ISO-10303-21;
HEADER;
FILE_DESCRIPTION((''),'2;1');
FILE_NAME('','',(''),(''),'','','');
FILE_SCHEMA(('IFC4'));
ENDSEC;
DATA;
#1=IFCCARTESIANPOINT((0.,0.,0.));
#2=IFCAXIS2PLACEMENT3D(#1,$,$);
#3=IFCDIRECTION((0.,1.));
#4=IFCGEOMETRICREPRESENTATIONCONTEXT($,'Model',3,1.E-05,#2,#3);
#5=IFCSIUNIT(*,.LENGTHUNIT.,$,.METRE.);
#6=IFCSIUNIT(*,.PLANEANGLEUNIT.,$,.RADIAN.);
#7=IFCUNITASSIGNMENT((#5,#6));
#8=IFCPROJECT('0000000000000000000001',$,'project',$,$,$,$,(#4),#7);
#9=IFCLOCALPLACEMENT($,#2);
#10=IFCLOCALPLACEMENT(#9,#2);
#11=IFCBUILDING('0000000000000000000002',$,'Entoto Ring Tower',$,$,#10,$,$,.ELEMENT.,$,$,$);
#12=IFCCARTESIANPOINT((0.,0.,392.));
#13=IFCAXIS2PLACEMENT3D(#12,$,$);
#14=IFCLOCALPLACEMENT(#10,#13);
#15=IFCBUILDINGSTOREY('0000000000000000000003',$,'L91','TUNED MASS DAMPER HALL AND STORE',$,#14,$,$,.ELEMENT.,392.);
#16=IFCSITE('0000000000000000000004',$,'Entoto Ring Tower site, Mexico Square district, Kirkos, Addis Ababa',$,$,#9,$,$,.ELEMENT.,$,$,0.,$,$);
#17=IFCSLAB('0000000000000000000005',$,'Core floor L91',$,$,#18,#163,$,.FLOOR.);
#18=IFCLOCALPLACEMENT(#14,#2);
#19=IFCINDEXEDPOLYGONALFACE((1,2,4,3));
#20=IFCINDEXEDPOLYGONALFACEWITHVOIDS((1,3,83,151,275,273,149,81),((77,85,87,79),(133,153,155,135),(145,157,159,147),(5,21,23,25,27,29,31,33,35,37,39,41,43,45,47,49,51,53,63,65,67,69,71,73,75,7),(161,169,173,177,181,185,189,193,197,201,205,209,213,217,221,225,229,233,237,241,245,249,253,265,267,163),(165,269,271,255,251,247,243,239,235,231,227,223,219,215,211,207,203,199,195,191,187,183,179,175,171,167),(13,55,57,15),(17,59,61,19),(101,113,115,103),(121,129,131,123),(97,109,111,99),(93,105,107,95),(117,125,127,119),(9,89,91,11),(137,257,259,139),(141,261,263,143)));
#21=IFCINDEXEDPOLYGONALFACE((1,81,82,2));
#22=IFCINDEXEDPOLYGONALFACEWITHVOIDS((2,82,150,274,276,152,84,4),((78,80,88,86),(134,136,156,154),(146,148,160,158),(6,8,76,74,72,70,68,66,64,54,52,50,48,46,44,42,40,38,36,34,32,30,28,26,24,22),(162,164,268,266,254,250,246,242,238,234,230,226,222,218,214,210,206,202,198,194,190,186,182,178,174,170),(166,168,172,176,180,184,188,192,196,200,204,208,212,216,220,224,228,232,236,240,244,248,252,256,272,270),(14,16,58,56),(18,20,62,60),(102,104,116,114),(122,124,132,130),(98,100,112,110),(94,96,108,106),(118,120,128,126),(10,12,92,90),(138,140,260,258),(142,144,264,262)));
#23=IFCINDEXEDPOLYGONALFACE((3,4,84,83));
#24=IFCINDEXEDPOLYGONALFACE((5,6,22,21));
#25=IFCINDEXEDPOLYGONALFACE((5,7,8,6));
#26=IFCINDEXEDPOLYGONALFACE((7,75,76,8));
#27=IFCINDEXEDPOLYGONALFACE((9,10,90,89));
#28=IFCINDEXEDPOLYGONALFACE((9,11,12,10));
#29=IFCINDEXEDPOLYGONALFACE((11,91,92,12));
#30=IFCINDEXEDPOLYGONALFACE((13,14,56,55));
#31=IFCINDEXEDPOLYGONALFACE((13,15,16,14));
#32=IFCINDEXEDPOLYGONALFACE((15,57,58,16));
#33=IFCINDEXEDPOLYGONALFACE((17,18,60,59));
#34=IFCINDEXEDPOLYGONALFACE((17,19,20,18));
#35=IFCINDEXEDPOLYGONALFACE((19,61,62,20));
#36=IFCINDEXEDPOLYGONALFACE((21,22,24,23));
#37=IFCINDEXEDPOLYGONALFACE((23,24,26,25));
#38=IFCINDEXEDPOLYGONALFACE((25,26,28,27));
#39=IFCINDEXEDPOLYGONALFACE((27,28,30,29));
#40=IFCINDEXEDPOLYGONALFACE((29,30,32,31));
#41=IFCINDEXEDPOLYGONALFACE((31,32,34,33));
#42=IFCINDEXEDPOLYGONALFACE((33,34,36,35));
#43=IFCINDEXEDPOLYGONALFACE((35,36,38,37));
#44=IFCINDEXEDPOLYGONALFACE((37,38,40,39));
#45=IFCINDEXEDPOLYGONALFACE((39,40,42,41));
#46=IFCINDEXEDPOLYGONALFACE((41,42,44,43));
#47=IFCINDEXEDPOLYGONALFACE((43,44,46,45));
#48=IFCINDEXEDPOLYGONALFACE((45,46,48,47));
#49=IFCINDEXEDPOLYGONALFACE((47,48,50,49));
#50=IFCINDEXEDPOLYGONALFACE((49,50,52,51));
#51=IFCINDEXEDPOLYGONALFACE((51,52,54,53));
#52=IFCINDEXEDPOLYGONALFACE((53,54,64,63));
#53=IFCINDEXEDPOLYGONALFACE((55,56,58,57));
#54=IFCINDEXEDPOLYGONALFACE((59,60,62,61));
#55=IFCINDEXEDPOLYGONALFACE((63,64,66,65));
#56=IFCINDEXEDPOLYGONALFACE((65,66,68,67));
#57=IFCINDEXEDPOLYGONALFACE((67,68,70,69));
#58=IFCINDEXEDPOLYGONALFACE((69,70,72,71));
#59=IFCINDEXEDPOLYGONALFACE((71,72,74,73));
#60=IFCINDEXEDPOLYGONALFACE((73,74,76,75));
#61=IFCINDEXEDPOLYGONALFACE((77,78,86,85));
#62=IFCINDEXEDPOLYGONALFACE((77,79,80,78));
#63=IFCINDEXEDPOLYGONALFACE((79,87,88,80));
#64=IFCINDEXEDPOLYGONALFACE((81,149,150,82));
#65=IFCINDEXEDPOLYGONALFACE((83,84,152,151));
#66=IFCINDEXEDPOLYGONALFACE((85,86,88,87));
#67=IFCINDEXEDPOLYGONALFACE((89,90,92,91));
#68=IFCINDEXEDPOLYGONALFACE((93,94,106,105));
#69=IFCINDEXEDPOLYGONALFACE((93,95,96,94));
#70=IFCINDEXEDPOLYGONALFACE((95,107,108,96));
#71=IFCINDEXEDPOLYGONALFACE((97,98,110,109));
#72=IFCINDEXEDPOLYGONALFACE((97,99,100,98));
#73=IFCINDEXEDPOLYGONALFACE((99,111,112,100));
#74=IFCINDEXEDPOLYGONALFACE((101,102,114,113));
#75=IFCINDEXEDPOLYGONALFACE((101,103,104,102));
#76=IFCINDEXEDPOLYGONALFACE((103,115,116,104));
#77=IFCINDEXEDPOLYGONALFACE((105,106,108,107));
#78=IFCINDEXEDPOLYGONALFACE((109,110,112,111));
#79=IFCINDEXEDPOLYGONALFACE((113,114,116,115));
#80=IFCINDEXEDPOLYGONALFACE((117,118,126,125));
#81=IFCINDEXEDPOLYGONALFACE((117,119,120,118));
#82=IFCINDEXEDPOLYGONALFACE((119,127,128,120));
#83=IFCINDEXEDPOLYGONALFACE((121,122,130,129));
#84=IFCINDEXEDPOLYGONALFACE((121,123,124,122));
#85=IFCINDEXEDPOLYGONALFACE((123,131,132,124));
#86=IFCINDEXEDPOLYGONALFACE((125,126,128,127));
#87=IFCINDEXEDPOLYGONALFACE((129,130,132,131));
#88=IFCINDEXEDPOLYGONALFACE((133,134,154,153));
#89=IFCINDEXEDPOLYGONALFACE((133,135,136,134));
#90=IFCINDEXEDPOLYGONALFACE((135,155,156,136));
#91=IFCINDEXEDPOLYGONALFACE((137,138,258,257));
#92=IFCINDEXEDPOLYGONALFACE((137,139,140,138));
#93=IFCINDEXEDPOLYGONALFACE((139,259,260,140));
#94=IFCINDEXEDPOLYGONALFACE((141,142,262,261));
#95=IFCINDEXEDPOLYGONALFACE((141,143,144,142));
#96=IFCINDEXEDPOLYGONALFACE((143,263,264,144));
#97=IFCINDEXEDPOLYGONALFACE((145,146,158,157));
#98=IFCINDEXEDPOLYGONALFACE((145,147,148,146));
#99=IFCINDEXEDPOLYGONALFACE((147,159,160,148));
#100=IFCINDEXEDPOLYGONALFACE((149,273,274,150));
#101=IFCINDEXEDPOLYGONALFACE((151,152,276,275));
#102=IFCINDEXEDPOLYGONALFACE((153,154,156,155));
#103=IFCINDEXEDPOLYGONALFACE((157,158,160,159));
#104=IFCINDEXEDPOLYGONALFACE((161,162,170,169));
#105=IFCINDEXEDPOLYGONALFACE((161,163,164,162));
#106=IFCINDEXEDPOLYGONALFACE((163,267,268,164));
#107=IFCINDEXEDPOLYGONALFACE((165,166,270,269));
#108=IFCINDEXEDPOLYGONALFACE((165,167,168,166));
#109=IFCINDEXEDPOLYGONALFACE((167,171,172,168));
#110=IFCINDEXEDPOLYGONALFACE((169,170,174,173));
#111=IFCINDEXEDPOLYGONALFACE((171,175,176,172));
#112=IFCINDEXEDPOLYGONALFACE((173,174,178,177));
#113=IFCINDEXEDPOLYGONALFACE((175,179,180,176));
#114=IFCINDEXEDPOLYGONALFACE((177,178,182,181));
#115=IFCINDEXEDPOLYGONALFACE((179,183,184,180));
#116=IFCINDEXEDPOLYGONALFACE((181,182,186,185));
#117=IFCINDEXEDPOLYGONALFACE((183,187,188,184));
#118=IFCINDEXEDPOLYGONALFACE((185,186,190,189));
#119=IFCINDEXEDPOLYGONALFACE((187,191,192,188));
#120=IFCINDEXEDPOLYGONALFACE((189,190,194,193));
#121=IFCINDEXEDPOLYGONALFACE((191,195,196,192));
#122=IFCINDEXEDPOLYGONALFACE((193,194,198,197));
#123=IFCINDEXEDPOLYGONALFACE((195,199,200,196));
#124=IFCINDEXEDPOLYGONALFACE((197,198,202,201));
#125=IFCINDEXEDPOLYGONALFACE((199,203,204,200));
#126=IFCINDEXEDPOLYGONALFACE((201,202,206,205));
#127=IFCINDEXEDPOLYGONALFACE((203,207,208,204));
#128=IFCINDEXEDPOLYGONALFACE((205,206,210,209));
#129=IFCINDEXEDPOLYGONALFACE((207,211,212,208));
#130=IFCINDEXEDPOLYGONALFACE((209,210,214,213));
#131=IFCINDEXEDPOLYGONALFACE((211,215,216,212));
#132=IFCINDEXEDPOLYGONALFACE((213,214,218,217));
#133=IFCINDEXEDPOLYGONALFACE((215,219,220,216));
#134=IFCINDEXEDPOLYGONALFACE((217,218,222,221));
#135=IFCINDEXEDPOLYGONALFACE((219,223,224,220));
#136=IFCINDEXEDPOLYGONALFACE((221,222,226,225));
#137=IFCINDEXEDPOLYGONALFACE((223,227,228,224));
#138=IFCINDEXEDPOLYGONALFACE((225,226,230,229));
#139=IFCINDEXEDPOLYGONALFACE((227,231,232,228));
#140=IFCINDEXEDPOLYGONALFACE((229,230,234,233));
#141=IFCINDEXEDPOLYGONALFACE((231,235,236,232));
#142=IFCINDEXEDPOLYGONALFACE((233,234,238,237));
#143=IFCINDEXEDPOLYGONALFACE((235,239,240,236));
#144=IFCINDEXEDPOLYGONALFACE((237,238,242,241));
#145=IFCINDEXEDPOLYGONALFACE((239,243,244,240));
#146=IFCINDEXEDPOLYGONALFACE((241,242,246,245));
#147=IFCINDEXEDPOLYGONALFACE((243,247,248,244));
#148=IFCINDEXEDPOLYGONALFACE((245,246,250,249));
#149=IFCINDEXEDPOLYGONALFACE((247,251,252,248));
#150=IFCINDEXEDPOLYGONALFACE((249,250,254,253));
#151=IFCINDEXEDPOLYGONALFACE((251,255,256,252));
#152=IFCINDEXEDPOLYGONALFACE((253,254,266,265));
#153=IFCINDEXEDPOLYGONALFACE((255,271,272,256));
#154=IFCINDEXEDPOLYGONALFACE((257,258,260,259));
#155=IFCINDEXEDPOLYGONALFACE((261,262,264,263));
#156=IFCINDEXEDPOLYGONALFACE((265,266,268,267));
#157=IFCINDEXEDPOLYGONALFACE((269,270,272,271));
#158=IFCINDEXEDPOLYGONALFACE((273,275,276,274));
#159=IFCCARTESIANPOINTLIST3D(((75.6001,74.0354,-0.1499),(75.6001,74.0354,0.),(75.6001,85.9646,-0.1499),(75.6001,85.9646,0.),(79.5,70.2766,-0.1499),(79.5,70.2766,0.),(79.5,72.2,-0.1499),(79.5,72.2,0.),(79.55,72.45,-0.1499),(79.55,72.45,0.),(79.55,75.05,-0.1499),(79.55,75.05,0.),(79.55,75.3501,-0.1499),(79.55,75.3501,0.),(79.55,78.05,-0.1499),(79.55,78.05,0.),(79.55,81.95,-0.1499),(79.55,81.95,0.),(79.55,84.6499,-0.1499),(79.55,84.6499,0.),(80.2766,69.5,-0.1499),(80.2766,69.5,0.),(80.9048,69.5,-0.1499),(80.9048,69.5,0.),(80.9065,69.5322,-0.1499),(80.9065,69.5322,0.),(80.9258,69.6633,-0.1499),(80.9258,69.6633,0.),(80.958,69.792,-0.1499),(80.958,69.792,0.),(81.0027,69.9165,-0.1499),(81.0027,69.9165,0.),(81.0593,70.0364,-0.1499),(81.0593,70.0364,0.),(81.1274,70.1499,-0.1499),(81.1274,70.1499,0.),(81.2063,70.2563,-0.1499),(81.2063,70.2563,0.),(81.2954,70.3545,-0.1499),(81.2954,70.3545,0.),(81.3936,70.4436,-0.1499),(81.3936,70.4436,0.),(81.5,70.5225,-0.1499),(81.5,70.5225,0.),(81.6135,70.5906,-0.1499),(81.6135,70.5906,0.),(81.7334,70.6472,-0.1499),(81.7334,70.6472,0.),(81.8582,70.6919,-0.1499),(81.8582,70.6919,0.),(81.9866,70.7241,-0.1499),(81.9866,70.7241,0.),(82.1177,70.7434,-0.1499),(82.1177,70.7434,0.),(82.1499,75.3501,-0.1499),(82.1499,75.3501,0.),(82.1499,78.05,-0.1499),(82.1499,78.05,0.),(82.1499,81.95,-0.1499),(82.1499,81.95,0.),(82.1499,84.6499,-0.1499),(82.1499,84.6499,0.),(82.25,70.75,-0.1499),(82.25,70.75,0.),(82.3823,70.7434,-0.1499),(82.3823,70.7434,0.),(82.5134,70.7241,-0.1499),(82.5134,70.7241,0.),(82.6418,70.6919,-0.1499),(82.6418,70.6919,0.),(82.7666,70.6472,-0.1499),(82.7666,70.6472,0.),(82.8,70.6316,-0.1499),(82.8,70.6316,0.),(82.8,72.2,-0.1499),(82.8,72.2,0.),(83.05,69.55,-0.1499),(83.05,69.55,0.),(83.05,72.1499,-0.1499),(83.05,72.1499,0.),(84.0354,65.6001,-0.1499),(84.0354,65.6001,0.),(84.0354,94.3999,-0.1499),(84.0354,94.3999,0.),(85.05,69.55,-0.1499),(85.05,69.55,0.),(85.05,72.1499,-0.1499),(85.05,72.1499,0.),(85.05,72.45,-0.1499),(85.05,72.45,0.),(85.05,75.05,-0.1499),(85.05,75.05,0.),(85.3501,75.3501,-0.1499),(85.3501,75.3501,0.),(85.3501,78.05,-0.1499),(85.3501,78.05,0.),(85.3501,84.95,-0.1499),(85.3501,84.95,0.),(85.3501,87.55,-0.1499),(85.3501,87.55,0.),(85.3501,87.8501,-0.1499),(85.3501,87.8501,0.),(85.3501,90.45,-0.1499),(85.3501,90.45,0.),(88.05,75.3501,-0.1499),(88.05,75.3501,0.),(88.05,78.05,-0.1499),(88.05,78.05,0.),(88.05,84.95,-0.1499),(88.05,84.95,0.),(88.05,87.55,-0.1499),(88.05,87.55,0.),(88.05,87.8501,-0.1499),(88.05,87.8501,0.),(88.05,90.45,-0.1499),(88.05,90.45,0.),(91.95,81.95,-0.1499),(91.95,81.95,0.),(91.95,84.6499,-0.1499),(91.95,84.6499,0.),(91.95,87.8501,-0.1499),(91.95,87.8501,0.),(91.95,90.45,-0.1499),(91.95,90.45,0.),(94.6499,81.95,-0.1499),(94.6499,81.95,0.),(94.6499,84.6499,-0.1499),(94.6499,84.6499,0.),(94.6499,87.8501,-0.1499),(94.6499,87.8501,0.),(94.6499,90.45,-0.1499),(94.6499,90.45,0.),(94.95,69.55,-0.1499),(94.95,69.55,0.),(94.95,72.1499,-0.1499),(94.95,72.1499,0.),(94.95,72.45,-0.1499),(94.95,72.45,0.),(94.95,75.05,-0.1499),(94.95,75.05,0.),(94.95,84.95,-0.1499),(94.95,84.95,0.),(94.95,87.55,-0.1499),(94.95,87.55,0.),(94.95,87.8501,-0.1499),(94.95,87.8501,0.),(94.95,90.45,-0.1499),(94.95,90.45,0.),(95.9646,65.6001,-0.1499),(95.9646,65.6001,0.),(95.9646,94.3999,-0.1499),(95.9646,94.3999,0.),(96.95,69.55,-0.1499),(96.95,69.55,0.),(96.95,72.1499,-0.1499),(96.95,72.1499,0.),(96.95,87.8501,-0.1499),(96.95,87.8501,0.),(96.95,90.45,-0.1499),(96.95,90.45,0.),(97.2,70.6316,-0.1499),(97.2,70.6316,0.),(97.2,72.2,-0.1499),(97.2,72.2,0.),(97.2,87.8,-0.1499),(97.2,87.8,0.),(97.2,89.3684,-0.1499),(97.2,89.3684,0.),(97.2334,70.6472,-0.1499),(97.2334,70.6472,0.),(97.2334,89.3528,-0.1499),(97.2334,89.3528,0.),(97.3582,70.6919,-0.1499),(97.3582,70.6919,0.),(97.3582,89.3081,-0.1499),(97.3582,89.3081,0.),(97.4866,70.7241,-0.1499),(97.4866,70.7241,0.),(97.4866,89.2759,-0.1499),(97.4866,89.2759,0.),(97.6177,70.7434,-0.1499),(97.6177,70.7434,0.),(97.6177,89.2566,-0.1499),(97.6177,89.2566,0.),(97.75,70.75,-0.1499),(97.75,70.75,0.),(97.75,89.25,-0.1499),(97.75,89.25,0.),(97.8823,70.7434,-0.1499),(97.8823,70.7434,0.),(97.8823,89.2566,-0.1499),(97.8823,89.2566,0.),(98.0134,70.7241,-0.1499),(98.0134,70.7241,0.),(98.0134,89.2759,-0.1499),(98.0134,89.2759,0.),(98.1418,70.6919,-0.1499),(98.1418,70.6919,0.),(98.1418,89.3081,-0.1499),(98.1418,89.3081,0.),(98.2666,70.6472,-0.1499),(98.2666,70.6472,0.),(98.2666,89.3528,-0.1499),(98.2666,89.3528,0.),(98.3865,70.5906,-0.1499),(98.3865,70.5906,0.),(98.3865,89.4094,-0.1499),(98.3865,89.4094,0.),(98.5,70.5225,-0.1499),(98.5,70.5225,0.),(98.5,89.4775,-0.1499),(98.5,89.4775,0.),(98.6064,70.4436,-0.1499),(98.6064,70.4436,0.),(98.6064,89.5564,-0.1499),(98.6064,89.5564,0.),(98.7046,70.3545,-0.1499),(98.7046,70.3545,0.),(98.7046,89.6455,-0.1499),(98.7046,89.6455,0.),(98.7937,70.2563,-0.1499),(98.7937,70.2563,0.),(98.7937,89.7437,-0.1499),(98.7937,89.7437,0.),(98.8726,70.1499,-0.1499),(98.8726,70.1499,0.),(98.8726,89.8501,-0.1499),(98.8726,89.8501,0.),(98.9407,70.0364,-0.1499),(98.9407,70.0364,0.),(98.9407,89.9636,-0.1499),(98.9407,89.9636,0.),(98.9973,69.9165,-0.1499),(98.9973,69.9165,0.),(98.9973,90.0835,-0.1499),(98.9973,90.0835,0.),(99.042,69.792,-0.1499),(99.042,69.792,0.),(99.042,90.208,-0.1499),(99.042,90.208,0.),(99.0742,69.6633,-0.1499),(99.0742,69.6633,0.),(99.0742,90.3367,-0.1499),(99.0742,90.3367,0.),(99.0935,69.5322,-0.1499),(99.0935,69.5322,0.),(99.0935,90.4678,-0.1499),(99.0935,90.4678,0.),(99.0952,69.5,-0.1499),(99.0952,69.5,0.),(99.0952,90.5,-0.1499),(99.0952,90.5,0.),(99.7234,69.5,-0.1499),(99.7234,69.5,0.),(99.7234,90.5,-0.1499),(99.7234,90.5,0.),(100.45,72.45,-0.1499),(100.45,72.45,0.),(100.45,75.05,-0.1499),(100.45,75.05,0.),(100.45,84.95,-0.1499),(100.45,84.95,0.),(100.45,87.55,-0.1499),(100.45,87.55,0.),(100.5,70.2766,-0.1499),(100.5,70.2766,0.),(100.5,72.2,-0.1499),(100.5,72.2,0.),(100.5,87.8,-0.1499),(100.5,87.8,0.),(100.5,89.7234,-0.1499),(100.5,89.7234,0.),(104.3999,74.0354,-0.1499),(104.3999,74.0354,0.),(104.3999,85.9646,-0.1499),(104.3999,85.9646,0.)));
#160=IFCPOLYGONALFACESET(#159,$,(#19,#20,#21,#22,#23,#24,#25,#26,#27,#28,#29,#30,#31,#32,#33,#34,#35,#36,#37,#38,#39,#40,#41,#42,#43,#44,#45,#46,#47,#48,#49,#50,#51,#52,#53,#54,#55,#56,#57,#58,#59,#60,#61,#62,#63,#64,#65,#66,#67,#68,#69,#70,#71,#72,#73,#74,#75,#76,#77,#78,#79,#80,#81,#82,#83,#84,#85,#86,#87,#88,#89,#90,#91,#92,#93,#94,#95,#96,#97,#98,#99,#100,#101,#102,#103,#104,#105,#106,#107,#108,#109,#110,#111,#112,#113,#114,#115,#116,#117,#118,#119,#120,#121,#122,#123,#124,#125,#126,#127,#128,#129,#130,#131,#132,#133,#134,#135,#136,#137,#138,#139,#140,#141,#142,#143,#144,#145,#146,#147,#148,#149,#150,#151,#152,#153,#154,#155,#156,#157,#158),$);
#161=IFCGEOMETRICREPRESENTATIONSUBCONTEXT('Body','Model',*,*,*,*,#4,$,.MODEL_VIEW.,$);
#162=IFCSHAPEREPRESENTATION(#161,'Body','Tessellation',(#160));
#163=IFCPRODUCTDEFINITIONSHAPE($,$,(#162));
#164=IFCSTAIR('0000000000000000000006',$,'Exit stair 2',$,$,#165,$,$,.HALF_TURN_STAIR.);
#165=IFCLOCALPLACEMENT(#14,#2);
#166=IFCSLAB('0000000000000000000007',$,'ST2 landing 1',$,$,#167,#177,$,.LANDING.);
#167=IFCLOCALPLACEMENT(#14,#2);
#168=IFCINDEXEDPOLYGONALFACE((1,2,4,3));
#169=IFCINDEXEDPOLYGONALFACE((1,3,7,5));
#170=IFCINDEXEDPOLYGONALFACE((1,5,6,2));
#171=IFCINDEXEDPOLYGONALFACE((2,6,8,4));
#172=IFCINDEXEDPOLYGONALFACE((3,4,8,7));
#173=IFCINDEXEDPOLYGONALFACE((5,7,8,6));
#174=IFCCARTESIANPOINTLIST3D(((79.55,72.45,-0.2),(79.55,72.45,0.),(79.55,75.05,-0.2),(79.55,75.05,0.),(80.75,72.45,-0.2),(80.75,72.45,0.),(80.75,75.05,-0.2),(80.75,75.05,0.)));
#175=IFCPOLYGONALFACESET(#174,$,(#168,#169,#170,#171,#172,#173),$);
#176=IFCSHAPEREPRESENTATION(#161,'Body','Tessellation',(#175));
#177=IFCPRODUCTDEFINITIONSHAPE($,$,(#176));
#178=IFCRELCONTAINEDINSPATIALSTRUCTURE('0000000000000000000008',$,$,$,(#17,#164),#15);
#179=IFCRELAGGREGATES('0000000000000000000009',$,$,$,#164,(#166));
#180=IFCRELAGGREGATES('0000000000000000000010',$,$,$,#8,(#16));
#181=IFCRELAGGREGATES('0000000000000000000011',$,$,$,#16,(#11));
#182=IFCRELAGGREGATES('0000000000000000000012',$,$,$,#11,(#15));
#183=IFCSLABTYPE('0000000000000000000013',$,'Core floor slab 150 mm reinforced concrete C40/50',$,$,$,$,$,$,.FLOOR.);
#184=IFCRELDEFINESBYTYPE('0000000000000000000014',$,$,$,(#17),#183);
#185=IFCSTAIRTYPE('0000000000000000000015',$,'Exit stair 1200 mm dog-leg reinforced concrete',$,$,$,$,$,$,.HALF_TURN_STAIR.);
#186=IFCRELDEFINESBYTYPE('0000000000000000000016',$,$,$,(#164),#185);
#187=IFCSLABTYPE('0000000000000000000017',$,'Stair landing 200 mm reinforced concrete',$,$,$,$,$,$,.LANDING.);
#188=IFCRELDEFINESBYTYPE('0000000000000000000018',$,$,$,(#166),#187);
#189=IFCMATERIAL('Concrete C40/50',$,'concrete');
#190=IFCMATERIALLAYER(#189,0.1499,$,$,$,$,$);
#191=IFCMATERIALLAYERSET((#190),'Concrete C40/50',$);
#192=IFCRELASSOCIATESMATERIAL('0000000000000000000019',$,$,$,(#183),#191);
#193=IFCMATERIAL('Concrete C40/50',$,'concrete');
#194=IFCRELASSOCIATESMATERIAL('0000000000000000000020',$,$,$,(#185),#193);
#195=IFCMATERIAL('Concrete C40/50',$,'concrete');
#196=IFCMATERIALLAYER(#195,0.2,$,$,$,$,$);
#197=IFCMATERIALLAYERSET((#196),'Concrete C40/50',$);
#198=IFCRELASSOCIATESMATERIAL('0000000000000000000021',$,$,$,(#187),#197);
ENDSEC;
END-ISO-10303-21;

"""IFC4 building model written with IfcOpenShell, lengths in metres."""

from ifc_helpers import new_model, si_unit, direction, frame, origin, place, context, subcontext, project, spatial, polyline, outline, extrude, material, layer, layer_set, type_object, element, aggregate, save


model = new_model("IFC4")

# Units and contexts
model_context = context("Model", 3, precision=1e-05, world=origin(), true_north=direction((0.0, 1.0)))
body_context = subcontext(model_context, "Body", "Model", "MODEL_VIEW")
ifc_project = project(units=[si_unit("LENGTHUNIT", "METRE"), si_unit("PLANEANGLEUNIT", "RADIAN")], contexts=[model_context])

# Site, building, storey
site_placement = place(None, origin())
site = spatial("IfcSite", under=ifc_project, at=site_placement, Name="Entoto Ring Tower site, Mexico Square district, Kirkos, Addis Ababa", CompositionType="ELEMENT", RefElevation=0.0)
building_placement = place(site_placement, origin())
building = spatial("IfcBuilding", under=site, at=building_placement, Name="Entoto Ring Tower", CompositionType="ELEMENT")
storey_placement = place(building_placement, frame((0.0, 0.0, 392.0)))
storey = spatial("IfcBuildingStorey", under=building, at=storey_placement, Name="L91", Description="TUNED MASS DAMPER HALL AND STORE", CompositionType="ELEMENT", Elevation=392.0)

# Slab
ifc_material_1 = material(Name="Concrete C40/50", Category="concrete")
ifc_layer_1 = layer(ifc_material_1, 0.1499)
ifc_layer_set_1 = layer_set([ifc_layer_1], Name="Concrete C40/50")
slab_type_1 = type_object("IfcSlabType", Name="Core floor slab 150 mm reinforced concrete C40/50", PredefinedType="FLOOR", material=ifc_layer_set_1)
slab_1_placement = place(storey_placement, frame((0.0, 0.0, -0.1499)))
element("IfcSlab", 1, at=slab_1_placement, inside=storey, type_object=slab_type_1, Name="Core floor L91", PredefinedType="FLOOR", context=body_context, shape_type="SweptSolid", body=[
    extrude(outline(polyline([(104.3999, 74.0354), (104.3999, 85.9646), (95.9646, 94.3999), (84.0354, 94.3999), (75.6001, 85.9646), (75.6001, 74.0354), (84.0354, 65.6001), (95.9646, 65.6001), (104.3999, 74.0354)]), holes=[polyline([(100.45, 84.95), (100.45, 87.55), (94.95, 87.55), (94.95, 84.95), (100.45, 84.95)]), polyline([(85.05, 72.45), (85.05, 75.05), (79.55, 75.05), (79.55, 72.45), (85.05, 72.45)]), polyline([(100.45, 72.45), (100.45, 75.05), (94.95, 75.05), (94.95, 72.45), (100.45, 72.45)]), polyline([(94.95, 90.45), (94.95, 87.8501), (96.95, 87.8501), (96.95, 90.45), (94.95, 90.45)]), polyline([(94.95, 72.1499), (94.95, 69.55), (96.95, 69.55), (96.95, 72.1499), (94.95, 72.1499)]), polyline([(83.05, 72.1499), (83.05, 69.55), (85.05, 69.55), (85.05, 72.1499), (83.05, 72.1499)]), polyline([(79.55, 81.95), (82.1499, 81.95), (82.1499, 84.6499), (79.55, 84.6499), (79.55, 81.95)]), polyline([(79.55, 75.3501), (82.1499, 75.3501), (82.1499, 78.05), (79.55, 78.05), (79.55, 75.3501)]), polyline([(91.95, 87.8501), (94.6499, 87.8501), (94.6499, 90.45), (91.95, 90.45), (91.95, 87.8501)]), polyline([(91.95, 81.95), (94.6499, 81.95), (94.6499, 84.6499), (91.95, 84.6499), (91.95, 81.95)]), polyline([(85.3501, 75.3501), (88.05, 75.3501), (88.05, 78.05), (85.3501, 78.05), (85.3501, 75.3501)]), polyline([(85.3501, 84.95), (88.05, 84.95), (88.05, 87.55), (85.3501, 87.55), (85.3501, 84.95)]), polyline([(85.3501, 87.8501), (88.05, 87.8501), (88.05, 90.45), (85.3501, 90.45), (85.3501, 87.8501)]), polyline([(97.2, 89.3684), (97.2, 87.8), (100.5, 87.8), (100.5, 89.7234), (99.7234, 90.5), (99.0952, 90.5), (99.0935, 90.4678), (99.0742, 90.3367), (99.042, 90.208), (98.9973, 90.0835), (98.9407, 89.9636), (98.8726, 89.8501), (98.7937, 89.7437), (98.7046, 89.6455), (98.6064, 89.5564), (98.5, 89.4775), (98.3865, 89.4094), (98.2666, 89.3528), (98.1418, 89.3081), (98.0134, 89.2759), (97.8823, 89.2566), (97.75, 89.25), (97.6177, 89.2566), (97.4866, 89.2759), (97.3582, 89.3081), (97.2334, 89.3528), (97.2, 89.3684)]), polyline([(80.2766, 69.5), (80.9048, 69.5), (80.9065, 69.5322), (80.9258, 69.6633), (80.958, 69.792), (81.0027, 69.9165), (81.0593, 70.0364), (81.1274, 70.1499), (81.2063, 70.2563), (81.2954, 70.3545), (81.3936, 70.4436), (81.5, 70.5225), (81.6135, 70.5906), (81.7334, 70.6472), (81.8582, 70.6919), (81.9866, 70.7241), (82.1177, 70.7434), (82.25, 70.75), (82.3823, 70.7434), (82.5134, 70.7241), (82.6418, 70.6919), (82.7666, 70.6472), (82.8, 70.6316), (82.8, 72.2), (79.5, 72.2), (79.5, 70.2766), (80.2766, 69.5)]), polyline([(99.0952, 69.5), (99.7234, 69.5), (100.5, 70.2766), (100.5, 72.2), (97.2, 72.2), (97.2, 70.6316), (97.2334, 70.6472), (97.3582, 70.6919), (97.4866, 70.7241), (97.6177, 70.7434), (97.75, 70.75), (97.8823, 70.7434), (98.0134, 70.7241), (98.1418, 70.6919), (98.2666, 70.6472), (98.3865, 70.5906), (98.5, 70.5225), (98.6064, 70.4436), (98.7046, 70.3545), (98.7937, 70.2563), (98.8726, 70.1499), (98.9407, 70.0364), (98.9973, 69.9165), (99.042, 69.792), (99.0742, 69.6633), (99.0935, 69.5322), (99.0952, 69.5)])]), origin(), (0.0, 0.0, 1.0), 0.1499),
])

# Stair, slab
ifc_material_2 = material(Name="Concrete C40/50", Category="concrete")
stair_type = type_object("IfcStairType", Name="Exit stair 1200 mm dog-leg reinforced concrete", PredefinedType="HALF_TURN_STAIR", material=ifc_material_2)
stair_1_placement = place(storey_placement, origin())
stair_1 = element("IfcStair", 2, at=stair_1_placement, inside=storey, type_object=stair_type, Name="Exit stair 2", PredefinedType="HALF_TURN_STAIR")
ifc_material_3 = material(Name="Concrete C40/50", Category="concrete")
ifc_layer_2 = layer(ifc_material_3, 0.2)
ifc_layer_set_2 = layer_set([ifc_layer_2], Name="Concrete C40/50")
slab_type_2 = type_object("IfcSlabType", Name="Stair landing 200 mm reinforced concrete", PredefinedType="LANDING", material=ifc_layer_set_2)
slab_2_placement = place(storey_placement, frame((0.0, 0.0, -0.2)))
slab_2 = element("IfcSlab", 3, at=slab_2_placement, type_object=slab_type_2, Name="ST2 landing 1", PredefinedType="LANDING", context=body_context, shape_type="SweptSolid", body=[
    extrude(outline(polyline([(80.75, 72.45), (80.75, 75.05), (79.55, 75.05), (79.55, 72.45), (80.75, 72.45)])), origin(), (0.0, 0.0, 1.0), 0.2),
])
aggregate(stair_1, [slab_2])

save(model, "model.ifc")
